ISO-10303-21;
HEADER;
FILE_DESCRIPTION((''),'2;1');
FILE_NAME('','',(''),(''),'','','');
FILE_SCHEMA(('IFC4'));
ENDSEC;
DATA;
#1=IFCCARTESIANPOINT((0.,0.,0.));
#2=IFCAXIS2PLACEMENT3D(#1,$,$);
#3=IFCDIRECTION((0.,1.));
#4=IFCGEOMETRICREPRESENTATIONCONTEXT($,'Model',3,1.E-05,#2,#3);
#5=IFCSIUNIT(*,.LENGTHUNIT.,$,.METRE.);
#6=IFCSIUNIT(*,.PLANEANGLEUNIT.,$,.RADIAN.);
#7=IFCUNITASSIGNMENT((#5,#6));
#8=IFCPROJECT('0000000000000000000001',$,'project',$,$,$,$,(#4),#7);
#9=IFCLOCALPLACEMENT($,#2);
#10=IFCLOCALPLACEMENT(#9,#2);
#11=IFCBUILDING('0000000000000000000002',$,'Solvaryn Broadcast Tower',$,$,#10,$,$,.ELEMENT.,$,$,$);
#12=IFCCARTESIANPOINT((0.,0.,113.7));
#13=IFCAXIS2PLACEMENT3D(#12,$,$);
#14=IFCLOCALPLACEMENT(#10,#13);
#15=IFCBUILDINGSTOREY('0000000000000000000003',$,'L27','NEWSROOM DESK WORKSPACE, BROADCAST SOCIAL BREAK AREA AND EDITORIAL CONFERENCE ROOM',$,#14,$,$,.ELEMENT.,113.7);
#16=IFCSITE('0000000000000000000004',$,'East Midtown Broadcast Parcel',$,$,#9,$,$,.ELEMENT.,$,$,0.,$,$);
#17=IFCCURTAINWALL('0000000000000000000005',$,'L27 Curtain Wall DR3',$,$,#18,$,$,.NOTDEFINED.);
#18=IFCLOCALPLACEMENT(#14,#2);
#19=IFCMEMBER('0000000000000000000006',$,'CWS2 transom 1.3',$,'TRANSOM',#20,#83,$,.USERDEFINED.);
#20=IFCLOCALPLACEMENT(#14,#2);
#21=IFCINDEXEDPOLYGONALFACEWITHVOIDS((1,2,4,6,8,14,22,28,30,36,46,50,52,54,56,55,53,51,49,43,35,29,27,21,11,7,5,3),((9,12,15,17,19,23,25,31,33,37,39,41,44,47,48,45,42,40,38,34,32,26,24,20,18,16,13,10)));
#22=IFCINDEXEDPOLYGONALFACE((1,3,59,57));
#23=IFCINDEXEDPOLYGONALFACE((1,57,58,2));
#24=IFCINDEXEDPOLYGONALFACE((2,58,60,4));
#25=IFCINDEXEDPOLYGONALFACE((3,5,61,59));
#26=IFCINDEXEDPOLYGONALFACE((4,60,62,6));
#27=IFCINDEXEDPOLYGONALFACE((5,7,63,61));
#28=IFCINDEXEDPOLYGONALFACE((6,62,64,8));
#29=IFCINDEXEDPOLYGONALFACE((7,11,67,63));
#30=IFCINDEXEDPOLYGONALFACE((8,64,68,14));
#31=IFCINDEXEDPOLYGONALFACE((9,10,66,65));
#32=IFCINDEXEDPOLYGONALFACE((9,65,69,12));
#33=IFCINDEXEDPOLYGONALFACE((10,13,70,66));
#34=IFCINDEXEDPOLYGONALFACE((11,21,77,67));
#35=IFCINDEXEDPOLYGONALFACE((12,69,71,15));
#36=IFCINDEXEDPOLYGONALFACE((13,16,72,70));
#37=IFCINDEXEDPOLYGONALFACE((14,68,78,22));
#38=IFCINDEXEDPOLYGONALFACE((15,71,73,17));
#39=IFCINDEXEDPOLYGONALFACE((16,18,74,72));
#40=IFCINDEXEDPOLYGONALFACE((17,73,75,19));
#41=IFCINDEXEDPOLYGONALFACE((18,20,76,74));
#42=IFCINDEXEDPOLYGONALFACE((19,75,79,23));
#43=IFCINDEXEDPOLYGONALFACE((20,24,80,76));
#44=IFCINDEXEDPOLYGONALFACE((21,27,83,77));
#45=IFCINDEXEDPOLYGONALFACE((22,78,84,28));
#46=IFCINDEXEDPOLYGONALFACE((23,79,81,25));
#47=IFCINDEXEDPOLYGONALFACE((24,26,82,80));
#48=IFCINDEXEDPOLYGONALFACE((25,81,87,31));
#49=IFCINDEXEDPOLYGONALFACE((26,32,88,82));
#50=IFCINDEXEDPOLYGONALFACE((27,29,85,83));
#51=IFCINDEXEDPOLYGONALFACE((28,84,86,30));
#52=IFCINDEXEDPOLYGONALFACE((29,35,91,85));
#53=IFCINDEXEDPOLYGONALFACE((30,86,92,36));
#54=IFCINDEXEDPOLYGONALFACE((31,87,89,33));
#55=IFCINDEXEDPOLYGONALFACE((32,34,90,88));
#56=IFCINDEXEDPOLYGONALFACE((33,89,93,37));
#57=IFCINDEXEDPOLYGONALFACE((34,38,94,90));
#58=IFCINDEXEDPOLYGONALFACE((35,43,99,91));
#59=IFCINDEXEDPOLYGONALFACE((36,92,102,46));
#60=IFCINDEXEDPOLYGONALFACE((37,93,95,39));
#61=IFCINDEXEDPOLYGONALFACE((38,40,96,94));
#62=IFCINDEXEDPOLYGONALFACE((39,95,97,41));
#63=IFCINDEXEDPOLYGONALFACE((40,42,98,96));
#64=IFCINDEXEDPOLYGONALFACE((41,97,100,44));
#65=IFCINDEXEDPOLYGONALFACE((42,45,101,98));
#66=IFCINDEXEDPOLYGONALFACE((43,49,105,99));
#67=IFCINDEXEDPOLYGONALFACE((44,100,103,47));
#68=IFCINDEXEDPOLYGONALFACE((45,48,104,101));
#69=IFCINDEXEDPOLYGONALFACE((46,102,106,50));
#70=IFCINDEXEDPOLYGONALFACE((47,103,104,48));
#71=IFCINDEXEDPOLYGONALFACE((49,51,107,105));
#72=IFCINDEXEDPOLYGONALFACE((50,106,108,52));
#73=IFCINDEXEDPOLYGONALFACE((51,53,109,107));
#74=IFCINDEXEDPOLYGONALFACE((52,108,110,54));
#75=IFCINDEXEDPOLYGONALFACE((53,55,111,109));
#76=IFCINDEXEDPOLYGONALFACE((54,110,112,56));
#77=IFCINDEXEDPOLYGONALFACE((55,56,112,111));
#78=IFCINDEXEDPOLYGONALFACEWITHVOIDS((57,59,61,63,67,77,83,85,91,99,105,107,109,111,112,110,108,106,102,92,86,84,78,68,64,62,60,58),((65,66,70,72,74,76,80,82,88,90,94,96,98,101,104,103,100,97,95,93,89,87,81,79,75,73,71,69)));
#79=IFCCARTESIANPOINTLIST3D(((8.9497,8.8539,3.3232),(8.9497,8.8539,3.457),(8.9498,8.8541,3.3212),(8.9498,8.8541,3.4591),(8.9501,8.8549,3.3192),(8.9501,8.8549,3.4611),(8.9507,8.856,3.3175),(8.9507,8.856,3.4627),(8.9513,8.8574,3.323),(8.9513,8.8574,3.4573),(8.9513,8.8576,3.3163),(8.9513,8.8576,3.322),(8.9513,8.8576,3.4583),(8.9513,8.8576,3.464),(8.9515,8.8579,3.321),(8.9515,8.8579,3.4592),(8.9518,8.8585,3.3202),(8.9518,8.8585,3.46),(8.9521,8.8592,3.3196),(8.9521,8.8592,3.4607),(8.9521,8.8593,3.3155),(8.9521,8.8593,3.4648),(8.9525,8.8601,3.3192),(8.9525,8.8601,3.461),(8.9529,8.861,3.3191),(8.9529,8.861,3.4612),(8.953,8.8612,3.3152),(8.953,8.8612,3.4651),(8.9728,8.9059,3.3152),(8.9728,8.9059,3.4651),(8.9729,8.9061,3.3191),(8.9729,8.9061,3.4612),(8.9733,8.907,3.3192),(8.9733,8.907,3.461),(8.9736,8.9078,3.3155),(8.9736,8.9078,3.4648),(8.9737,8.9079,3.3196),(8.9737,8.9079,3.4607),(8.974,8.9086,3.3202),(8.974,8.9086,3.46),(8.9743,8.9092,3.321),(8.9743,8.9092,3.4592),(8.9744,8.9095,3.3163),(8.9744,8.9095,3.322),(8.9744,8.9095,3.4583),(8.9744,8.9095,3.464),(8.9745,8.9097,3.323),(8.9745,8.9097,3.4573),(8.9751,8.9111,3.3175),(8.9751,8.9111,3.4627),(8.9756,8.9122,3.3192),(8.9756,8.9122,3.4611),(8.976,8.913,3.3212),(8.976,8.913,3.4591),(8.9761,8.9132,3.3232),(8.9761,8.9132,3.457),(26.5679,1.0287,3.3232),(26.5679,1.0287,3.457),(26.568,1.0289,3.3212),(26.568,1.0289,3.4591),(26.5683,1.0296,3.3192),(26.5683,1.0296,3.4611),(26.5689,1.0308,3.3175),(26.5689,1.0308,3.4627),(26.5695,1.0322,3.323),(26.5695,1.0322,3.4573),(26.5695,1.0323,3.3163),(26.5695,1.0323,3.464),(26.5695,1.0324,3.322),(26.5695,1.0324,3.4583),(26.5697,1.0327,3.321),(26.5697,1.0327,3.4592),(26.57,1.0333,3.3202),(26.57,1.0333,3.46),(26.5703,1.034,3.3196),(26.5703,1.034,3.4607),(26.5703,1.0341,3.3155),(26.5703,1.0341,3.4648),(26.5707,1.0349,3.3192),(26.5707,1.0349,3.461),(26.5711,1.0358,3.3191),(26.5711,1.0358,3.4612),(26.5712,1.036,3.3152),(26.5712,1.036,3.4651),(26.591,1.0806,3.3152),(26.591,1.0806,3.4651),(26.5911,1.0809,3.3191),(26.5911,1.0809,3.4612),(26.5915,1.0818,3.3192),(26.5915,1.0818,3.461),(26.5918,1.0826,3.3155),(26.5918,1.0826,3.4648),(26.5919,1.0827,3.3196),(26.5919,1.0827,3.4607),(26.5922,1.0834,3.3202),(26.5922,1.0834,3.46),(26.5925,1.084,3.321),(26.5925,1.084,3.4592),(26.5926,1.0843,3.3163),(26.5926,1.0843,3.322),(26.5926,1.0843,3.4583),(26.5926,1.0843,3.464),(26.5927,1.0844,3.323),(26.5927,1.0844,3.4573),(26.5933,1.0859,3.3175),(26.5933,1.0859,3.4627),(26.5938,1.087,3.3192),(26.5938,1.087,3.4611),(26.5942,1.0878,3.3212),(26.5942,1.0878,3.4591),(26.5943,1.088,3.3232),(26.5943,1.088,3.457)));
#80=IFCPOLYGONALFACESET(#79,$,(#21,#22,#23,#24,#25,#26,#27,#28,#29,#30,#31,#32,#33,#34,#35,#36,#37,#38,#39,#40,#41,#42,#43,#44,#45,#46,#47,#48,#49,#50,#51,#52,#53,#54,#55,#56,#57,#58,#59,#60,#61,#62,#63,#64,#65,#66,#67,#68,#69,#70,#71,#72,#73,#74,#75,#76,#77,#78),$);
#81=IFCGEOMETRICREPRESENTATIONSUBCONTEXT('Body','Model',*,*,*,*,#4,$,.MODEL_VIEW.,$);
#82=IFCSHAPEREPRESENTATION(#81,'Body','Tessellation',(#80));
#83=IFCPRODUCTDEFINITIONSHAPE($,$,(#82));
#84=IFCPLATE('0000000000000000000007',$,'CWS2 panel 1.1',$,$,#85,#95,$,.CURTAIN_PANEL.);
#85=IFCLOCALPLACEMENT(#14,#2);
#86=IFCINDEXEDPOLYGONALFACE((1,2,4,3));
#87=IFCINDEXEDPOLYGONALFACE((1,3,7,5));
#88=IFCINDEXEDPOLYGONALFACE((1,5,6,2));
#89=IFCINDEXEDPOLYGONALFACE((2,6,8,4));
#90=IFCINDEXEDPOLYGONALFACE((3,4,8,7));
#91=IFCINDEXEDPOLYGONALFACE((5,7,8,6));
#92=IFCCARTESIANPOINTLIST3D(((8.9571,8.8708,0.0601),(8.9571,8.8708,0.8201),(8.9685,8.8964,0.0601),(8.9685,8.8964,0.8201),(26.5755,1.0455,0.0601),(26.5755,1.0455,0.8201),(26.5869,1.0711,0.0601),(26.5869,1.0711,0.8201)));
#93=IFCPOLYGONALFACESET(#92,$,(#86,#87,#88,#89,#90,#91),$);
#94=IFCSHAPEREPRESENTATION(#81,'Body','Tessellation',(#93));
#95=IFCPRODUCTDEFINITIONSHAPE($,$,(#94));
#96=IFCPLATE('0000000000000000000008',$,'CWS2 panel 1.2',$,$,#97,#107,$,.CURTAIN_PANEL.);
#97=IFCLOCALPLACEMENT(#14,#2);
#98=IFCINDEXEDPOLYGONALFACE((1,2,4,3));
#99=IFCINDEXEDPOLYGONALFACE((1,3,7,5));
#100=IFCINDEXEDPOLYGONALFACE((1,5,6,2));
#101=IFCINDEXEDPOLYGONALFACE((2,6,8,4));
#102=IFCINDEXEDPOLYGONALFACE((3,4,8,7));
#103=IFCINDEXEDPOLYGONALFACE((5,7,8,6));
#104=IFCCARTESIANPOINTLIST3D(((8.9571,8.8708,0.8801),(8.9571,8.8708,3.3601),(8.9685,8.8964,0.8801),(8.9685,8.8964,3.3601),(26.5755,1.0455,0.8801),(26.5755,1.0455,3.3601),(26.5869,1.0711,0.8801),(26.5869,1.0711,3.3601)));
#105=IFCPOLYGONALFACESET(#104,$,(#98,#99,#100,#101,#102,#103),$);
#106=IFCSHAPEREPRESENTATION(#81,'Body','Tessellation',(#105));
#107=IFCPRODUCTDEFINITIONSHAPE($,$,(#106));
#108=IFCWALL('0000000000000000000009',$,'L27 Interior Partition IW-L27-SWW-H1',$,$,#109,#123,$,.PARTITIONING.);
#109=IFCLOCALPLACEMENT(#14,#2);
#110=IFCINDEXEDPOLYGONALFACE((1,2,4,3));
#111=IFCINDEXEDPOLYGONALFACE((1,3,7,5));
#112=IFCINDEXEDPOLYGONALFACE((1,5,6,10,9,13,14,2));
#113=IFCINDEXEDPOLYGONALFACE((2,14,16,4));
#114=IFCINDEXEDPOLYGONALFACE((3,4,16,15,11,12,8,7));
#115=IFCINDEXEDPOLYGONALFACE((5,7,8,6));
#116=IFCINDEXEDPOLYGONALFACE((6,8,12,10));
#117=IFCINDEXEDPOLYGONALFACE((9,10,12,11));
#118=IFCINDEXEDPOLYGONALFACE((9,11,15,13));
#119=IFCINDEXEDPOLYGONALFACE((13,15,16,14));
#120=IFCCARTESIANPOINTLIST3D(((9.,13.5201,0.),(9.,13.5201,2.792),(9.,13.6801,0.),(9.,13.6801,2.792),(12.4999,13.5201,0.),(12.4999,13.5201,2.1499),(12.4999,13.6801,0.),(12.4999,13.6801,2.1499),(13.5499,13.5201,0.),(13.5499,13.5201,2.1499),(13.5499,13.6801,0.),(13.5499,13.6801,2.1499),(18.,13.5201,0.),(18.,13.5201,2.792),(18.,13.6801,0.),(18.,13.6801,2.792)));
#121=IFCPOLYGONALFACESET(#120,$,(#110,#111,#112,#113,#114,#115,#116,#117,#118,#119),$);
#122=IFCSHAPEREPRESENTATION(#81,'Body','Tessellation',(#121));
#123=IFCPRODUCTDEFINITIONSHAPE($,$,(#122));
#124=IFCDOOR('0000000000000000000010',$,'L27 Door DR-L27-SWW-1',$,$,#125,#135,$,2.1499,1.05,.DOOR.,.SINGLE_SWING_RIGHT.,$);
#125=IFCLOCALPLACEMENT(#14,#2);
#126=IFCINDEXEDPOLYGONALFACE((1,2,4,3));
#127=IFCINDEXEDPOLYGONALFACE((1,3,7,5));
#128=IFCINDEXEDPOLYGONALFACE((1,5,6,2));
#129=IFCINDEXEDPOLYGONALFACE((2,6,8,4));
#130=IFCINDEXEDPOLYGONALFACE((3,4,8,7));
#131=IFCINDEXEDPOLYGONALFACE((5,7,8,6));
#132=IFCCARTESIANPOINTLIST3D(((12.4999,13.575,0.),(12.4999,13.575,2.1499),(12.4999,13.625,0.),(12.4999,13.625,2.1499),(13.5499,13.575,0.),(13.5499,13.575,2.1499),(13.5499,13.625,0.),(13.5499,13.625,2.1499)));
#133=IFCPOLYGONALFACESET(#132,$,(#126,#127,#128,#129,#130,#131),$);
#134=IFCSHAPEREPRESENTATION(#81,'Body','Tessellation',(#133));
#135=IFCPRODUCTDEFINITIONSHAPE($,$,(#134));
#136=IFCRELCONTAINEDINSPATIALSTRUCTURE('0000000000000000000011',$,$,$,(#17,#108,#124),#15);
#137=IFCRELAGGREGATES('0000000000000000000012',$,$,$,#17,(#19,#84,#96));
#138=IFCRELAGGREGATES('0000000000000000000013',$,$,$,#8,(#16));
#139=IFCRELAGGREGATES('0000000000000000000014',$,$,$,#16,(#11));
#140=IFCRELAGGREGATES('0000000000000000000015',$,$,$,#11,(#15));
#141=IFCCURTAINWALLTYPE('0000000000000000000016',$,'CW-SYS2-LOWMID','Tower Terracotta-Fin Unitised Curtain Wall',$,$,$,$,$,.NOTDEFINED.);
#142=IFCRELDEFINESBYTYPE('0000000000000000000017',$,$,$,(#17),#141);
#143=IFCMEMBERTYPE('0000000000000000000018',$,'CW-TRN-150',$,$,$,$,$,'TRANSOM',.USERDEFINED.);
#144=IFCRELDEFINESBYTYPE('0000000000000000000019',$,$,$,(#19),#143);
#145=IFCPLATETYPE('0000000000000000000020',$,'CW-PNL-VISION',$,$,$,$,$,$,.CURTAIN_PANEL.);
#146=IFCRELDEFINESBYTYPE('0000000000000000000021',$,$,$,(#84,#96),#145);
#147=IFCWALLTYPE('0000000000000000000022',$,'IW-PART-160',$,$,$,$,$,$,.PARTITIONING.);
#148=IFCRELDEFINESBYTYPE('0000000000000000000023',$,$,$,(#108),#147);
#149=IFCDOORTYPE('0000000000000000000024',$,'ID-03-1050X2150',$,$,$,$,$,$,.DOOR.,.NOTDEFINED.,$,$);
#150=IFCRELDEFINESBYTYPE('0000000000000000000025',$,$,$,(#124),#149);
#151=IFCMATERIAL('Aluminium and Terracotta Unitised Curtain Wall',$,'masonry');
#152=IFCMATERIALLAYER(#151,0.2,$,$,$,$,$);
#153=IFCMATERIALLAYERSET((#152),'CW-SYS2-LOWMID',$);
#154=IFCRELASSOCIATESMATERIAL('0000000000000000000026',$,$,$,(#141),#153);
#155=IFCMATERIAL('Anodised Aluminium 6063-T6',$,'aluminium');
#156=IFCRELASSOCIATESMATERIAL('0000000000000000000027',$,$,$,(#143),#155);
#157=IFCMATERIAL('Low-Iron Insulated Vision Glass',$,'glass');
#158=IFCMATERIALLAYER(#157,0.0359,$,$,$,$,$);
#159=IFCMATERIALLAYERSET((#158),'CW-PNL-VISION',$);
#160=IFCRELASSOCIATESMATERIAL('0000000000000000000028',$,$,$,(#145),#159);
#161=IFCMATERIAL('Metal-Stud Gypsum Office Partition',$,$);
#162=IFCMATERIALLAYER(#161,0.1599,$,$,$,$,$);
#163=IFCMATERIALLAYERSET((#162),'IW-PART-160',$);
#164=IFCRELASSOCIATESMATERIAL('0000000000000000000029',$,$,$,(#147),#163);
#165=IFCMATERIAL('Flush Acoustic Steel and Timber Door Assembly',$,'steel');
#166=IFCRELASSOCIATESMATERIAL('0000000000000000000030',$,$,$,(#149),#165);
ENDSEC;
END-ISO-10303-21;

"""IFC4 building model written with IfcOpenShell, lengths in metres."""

from ifc_helpers import new_model, si_unit, direction, frame, frame_2d, origin, origin_2d, place, context, subcontext, project, spatial, rectangle, hollow_rectangle, extrude, material, layer, layer_set, material_profile, profile_set, type_object, element, fill, aggregate, save


model = new_model("IFC4")

# Units and contexts
model_context = context("Model", 3, precision=1e-05, world=origin(), true_north=direction((0.0, 1.0)))
body_context = subcontext(model_context, "Body", "Model", "MODEL_VIEW")
ifc_project = project(units=[si_unit("LENGTHUNIT", "METRE"), si_unit("PLANEANGLEUNIT", "RADIAN")], contexts=[model_context])

# Site, building, storey
site_placement = place(None, origin())
site = spatial("IfcSite", under=ifc_project, at=site_placement, Name="East Midtown Broadcast Parcel", CompositionType="ELEMENT", RefElevation=0.0)
building_placement = place(site_placement, origin())
building = spatial("IfcBuilding", under=site, at=building_placement, Name="Solvaryn Broadcast Tower", CompositionType="ELEMENT")
storey_placement = place(building_placement, frame((0.0, 0.0, 113.7)))
storey = spatial("IfcBuildingStorey", under=building, at=storey_placement, Name="L27", Description="NEWSROOM DESK WORKSPACE, BROADCAST SOCIAL BREAK AREA AND EDITORIAL CONFERENCE ROOM", CompositionType="ELEMENT", Elevation=113.7)

# Shared definitions
ifc_material_1 = material(Name="Aluminium and Terracotta Unitised Curtain Wall", Category="masonry")
ifc_layer_1 = layer(ifc_material_1, 0.2)
ifc_layer_set_1 = layer_set([ifc_layer_1], Name="CW-SYS2-LOWMID")
curtain_wall_type = type_object("IfcCurtainWallType", Name="CW-SYS2-LOWMID", Description="Tower Terracotta-Fin Unitised Curtain Wall", PredefinedType="NOTDEFINED", material=ifc_layer_set_1)

# Curtain wall, member, plates
curtain_wall_1_placement = place(storey_placement, origin())
curtain_wall_1 = element("IfcCurtainWall", 1, at=curtain_wall_1_placement, inside=storey, type_object=curtain_wall_type, Name="L27 Curtain Wall DR3", PredefinedType="NOTDEFINED")
ifc_material_2 = material(Name="Anodised Aluminium 6063-T6", Category="aluminium")
ifc_material_profile_1 = material_profile(ifc_material_2, hollow_rectangle(XDim=0.0649, YDim=0.1499, WallThickness=0.0039, InnerFilletRadius=0.0039, OuterFilletRadius=0.0081, at=origin_2d()))
ifc_profile_set_1 = profile_set([ifc_material_profile_1], Name="Anodised Aluminium 6063-T6")
member_type_1 = type_object("IfcMemberType", Name="CW-TRN-150", ElementType="TRANSOM", PredefinedType="USERDEFINED", material=ifc_profile_set_1)
member_1_placement = place(storey_placement, frame((8.9629, 8.8835, 3.3901), z_axis=(0.91391, -0.405918, 0.0), x_axis=(0.405918, 0.91391, 0.0)))
member_1 = element("IfcMember", 2, at=member_1_placement, type_object=member_type_1, Name="CWS2 transom 1.3", ObjectType="TRANSOM", PredefinedType="USERDEFINED", context=body_context, shape_type="SweptSolid", body=[
    extrude(hollow_rectangle(XDim=0.0649, YDim=0.1499, WallThickness=0.0039, InnerFilletRadius=0.0039, OuterFilletRadius=0.0081, at=origin_2d()), origin(), (0.0, 0.0, 1.0), 19.2778),
])
ifc_material_3 = material(Name="Low-Iron Insulated Vision Glass", Category="glass")
ifc_layer_2 = layer(ifc_material_3, 0.0359)
ifc_layer_set_2 = layer_set([ifc_layer_2], Name="CW-PNL-VISION")
plate_type = type_object("IfcPlateType", Name="CW-PNL-VISION", PredefinedType="CURTAIN_PANEL", material=ifc_layer_set_2)
plate_1_placement = place(storey_placement, frame((17.772, 4.9709, 0.0601), z_axis=(0.0, 0.0, 1.0), x_axis=(0.913909, -0.405918, 0.0)))
plate_1 = element("IfcPlate", 3, at=plate_1_placement, type_object=plate_type, Name="CWS2 panel 1.1", PredefinedType="CURTAIN_PANEL", context=body_context, shape_type="SweptSolid", body=[
    extrude(rectangle(XDim=19.2781, YDim=0.0281, at=origin_2d()), origin(), (0.0, 0.0, 1.0), 0.76),
])
plate_2_placement = place(storey_placement, frame((17.772, 4.9709, 0.8801), z_axis=(0.0, 0.0, 1.0), x_axis=(0.913909, -0.405918, 0.0)))
plate_2 = element("IfcPlate", 4, at=plate_2_placement, type_object=plate_type, Name="CWS2 panel 1.2", PredefinedType="CURTAIN_PANEL", context=body_context, shape_type="SweptSolid", body=[
    extrude(rectangle(XDim=19.2781, YDim=0.0281, at=origin_2d()), origin(), (0.0, 0.0, 1.0), 2.48),
])
aggregate(curtain_wall_1, [member_1, plate_1, plate_2])

# Wall, opening, door
ifc_material_4 = material(Name="Metal-Stud Gypsum Office Partition")
ifc_layer_3 = layer(ifc_material_4, 0.1599)
ifc_layer_set_3 = layer_set([ifc_layer_3], Name="IW-PART-160")
wall_type_1 = type_object("IfcWallType", Name="IW-PART-160", PredefinedType="PARTITIONING", material=ifc_layer_set_3)
wall_1_placement = place(storey_placement, frame((9.0, 13.6001, 0.0), z_axis=(0.0, 0.0, 1.0), x_axis=(1.0, 0.0, 0.0)))
wall_1 = element("IfcWall", 5, at=wall_1_placement, inside=storey, type_object=wall_type_1, Name="L27 Interior Partition IW-L27-SWW-H1", PredefinedType="PARTITIONING", context=body_context, shape_type="SweptSolid", body=[
    extrude(rectangle(XDim=9.0, YDim=0.1599, at=frame_2d((4.5, 0.0))), origin(), (0.0, 0.0, 1.0), 2.792),
])
opening_1_placement = place(wall_1_placement, frame((3.5, 0.0, 0.0)))
opening_1 = element("IfcOpeningElement", 6, at=opening_1_placement, cuts=wall_1, PredefinedType="OPENING", context=body_context, shape_type="SweptSolid", body=[
    extrude(rectangle(XDim=1.05, YDim=2.1499, at=frame_2d((0.5249, 1.075))), frame((0.0, 0.0901, 0.0), z_axis=(0.0, -1.0, 0.0), x_axis=(1.0, 0.0, 0.0)), (0.0, 0.0, 1.0), 0.1799),
])
ifc_material_5 = material(Name="Flush Acoustic Steel and Timber Door Assembly", Category="steel")
door_type_1 = type_object("IfcDoorType", Name="ID-03-1050X2150", OperationType="NOTDEFINED", PredefinedType="DOOR", material=ifc_material_5)
door_1_placement = place(opening_1_placement, origin())
door_1 = element("IfcDoor", 7, at=door_1_placement, inside=storey, type_object=door_type_1, Name="L27 Door DR-L27-SWW-1", OperationType="SINGLE_SWING_RIGHT", OverallHeight=2.1499, OverallWidth=1.05, PredefinedType="DOOR", context=body_context, shape_type="SweptSolid", body=[
    extrude(rectangle(XDim=1.05, YDim=2.1499, at=frame_2d((0.5249, 1.075))), frame((0.0, 0.0249, 0.0), z_axis=(0.0, -1.0, 0.0), x_axis=(1.0, 0.0, 0.0)), (0.0, 0.0, 1.0), 0.05),
])
fill(opening_1, door_1)

save(model, "model.ifc")
